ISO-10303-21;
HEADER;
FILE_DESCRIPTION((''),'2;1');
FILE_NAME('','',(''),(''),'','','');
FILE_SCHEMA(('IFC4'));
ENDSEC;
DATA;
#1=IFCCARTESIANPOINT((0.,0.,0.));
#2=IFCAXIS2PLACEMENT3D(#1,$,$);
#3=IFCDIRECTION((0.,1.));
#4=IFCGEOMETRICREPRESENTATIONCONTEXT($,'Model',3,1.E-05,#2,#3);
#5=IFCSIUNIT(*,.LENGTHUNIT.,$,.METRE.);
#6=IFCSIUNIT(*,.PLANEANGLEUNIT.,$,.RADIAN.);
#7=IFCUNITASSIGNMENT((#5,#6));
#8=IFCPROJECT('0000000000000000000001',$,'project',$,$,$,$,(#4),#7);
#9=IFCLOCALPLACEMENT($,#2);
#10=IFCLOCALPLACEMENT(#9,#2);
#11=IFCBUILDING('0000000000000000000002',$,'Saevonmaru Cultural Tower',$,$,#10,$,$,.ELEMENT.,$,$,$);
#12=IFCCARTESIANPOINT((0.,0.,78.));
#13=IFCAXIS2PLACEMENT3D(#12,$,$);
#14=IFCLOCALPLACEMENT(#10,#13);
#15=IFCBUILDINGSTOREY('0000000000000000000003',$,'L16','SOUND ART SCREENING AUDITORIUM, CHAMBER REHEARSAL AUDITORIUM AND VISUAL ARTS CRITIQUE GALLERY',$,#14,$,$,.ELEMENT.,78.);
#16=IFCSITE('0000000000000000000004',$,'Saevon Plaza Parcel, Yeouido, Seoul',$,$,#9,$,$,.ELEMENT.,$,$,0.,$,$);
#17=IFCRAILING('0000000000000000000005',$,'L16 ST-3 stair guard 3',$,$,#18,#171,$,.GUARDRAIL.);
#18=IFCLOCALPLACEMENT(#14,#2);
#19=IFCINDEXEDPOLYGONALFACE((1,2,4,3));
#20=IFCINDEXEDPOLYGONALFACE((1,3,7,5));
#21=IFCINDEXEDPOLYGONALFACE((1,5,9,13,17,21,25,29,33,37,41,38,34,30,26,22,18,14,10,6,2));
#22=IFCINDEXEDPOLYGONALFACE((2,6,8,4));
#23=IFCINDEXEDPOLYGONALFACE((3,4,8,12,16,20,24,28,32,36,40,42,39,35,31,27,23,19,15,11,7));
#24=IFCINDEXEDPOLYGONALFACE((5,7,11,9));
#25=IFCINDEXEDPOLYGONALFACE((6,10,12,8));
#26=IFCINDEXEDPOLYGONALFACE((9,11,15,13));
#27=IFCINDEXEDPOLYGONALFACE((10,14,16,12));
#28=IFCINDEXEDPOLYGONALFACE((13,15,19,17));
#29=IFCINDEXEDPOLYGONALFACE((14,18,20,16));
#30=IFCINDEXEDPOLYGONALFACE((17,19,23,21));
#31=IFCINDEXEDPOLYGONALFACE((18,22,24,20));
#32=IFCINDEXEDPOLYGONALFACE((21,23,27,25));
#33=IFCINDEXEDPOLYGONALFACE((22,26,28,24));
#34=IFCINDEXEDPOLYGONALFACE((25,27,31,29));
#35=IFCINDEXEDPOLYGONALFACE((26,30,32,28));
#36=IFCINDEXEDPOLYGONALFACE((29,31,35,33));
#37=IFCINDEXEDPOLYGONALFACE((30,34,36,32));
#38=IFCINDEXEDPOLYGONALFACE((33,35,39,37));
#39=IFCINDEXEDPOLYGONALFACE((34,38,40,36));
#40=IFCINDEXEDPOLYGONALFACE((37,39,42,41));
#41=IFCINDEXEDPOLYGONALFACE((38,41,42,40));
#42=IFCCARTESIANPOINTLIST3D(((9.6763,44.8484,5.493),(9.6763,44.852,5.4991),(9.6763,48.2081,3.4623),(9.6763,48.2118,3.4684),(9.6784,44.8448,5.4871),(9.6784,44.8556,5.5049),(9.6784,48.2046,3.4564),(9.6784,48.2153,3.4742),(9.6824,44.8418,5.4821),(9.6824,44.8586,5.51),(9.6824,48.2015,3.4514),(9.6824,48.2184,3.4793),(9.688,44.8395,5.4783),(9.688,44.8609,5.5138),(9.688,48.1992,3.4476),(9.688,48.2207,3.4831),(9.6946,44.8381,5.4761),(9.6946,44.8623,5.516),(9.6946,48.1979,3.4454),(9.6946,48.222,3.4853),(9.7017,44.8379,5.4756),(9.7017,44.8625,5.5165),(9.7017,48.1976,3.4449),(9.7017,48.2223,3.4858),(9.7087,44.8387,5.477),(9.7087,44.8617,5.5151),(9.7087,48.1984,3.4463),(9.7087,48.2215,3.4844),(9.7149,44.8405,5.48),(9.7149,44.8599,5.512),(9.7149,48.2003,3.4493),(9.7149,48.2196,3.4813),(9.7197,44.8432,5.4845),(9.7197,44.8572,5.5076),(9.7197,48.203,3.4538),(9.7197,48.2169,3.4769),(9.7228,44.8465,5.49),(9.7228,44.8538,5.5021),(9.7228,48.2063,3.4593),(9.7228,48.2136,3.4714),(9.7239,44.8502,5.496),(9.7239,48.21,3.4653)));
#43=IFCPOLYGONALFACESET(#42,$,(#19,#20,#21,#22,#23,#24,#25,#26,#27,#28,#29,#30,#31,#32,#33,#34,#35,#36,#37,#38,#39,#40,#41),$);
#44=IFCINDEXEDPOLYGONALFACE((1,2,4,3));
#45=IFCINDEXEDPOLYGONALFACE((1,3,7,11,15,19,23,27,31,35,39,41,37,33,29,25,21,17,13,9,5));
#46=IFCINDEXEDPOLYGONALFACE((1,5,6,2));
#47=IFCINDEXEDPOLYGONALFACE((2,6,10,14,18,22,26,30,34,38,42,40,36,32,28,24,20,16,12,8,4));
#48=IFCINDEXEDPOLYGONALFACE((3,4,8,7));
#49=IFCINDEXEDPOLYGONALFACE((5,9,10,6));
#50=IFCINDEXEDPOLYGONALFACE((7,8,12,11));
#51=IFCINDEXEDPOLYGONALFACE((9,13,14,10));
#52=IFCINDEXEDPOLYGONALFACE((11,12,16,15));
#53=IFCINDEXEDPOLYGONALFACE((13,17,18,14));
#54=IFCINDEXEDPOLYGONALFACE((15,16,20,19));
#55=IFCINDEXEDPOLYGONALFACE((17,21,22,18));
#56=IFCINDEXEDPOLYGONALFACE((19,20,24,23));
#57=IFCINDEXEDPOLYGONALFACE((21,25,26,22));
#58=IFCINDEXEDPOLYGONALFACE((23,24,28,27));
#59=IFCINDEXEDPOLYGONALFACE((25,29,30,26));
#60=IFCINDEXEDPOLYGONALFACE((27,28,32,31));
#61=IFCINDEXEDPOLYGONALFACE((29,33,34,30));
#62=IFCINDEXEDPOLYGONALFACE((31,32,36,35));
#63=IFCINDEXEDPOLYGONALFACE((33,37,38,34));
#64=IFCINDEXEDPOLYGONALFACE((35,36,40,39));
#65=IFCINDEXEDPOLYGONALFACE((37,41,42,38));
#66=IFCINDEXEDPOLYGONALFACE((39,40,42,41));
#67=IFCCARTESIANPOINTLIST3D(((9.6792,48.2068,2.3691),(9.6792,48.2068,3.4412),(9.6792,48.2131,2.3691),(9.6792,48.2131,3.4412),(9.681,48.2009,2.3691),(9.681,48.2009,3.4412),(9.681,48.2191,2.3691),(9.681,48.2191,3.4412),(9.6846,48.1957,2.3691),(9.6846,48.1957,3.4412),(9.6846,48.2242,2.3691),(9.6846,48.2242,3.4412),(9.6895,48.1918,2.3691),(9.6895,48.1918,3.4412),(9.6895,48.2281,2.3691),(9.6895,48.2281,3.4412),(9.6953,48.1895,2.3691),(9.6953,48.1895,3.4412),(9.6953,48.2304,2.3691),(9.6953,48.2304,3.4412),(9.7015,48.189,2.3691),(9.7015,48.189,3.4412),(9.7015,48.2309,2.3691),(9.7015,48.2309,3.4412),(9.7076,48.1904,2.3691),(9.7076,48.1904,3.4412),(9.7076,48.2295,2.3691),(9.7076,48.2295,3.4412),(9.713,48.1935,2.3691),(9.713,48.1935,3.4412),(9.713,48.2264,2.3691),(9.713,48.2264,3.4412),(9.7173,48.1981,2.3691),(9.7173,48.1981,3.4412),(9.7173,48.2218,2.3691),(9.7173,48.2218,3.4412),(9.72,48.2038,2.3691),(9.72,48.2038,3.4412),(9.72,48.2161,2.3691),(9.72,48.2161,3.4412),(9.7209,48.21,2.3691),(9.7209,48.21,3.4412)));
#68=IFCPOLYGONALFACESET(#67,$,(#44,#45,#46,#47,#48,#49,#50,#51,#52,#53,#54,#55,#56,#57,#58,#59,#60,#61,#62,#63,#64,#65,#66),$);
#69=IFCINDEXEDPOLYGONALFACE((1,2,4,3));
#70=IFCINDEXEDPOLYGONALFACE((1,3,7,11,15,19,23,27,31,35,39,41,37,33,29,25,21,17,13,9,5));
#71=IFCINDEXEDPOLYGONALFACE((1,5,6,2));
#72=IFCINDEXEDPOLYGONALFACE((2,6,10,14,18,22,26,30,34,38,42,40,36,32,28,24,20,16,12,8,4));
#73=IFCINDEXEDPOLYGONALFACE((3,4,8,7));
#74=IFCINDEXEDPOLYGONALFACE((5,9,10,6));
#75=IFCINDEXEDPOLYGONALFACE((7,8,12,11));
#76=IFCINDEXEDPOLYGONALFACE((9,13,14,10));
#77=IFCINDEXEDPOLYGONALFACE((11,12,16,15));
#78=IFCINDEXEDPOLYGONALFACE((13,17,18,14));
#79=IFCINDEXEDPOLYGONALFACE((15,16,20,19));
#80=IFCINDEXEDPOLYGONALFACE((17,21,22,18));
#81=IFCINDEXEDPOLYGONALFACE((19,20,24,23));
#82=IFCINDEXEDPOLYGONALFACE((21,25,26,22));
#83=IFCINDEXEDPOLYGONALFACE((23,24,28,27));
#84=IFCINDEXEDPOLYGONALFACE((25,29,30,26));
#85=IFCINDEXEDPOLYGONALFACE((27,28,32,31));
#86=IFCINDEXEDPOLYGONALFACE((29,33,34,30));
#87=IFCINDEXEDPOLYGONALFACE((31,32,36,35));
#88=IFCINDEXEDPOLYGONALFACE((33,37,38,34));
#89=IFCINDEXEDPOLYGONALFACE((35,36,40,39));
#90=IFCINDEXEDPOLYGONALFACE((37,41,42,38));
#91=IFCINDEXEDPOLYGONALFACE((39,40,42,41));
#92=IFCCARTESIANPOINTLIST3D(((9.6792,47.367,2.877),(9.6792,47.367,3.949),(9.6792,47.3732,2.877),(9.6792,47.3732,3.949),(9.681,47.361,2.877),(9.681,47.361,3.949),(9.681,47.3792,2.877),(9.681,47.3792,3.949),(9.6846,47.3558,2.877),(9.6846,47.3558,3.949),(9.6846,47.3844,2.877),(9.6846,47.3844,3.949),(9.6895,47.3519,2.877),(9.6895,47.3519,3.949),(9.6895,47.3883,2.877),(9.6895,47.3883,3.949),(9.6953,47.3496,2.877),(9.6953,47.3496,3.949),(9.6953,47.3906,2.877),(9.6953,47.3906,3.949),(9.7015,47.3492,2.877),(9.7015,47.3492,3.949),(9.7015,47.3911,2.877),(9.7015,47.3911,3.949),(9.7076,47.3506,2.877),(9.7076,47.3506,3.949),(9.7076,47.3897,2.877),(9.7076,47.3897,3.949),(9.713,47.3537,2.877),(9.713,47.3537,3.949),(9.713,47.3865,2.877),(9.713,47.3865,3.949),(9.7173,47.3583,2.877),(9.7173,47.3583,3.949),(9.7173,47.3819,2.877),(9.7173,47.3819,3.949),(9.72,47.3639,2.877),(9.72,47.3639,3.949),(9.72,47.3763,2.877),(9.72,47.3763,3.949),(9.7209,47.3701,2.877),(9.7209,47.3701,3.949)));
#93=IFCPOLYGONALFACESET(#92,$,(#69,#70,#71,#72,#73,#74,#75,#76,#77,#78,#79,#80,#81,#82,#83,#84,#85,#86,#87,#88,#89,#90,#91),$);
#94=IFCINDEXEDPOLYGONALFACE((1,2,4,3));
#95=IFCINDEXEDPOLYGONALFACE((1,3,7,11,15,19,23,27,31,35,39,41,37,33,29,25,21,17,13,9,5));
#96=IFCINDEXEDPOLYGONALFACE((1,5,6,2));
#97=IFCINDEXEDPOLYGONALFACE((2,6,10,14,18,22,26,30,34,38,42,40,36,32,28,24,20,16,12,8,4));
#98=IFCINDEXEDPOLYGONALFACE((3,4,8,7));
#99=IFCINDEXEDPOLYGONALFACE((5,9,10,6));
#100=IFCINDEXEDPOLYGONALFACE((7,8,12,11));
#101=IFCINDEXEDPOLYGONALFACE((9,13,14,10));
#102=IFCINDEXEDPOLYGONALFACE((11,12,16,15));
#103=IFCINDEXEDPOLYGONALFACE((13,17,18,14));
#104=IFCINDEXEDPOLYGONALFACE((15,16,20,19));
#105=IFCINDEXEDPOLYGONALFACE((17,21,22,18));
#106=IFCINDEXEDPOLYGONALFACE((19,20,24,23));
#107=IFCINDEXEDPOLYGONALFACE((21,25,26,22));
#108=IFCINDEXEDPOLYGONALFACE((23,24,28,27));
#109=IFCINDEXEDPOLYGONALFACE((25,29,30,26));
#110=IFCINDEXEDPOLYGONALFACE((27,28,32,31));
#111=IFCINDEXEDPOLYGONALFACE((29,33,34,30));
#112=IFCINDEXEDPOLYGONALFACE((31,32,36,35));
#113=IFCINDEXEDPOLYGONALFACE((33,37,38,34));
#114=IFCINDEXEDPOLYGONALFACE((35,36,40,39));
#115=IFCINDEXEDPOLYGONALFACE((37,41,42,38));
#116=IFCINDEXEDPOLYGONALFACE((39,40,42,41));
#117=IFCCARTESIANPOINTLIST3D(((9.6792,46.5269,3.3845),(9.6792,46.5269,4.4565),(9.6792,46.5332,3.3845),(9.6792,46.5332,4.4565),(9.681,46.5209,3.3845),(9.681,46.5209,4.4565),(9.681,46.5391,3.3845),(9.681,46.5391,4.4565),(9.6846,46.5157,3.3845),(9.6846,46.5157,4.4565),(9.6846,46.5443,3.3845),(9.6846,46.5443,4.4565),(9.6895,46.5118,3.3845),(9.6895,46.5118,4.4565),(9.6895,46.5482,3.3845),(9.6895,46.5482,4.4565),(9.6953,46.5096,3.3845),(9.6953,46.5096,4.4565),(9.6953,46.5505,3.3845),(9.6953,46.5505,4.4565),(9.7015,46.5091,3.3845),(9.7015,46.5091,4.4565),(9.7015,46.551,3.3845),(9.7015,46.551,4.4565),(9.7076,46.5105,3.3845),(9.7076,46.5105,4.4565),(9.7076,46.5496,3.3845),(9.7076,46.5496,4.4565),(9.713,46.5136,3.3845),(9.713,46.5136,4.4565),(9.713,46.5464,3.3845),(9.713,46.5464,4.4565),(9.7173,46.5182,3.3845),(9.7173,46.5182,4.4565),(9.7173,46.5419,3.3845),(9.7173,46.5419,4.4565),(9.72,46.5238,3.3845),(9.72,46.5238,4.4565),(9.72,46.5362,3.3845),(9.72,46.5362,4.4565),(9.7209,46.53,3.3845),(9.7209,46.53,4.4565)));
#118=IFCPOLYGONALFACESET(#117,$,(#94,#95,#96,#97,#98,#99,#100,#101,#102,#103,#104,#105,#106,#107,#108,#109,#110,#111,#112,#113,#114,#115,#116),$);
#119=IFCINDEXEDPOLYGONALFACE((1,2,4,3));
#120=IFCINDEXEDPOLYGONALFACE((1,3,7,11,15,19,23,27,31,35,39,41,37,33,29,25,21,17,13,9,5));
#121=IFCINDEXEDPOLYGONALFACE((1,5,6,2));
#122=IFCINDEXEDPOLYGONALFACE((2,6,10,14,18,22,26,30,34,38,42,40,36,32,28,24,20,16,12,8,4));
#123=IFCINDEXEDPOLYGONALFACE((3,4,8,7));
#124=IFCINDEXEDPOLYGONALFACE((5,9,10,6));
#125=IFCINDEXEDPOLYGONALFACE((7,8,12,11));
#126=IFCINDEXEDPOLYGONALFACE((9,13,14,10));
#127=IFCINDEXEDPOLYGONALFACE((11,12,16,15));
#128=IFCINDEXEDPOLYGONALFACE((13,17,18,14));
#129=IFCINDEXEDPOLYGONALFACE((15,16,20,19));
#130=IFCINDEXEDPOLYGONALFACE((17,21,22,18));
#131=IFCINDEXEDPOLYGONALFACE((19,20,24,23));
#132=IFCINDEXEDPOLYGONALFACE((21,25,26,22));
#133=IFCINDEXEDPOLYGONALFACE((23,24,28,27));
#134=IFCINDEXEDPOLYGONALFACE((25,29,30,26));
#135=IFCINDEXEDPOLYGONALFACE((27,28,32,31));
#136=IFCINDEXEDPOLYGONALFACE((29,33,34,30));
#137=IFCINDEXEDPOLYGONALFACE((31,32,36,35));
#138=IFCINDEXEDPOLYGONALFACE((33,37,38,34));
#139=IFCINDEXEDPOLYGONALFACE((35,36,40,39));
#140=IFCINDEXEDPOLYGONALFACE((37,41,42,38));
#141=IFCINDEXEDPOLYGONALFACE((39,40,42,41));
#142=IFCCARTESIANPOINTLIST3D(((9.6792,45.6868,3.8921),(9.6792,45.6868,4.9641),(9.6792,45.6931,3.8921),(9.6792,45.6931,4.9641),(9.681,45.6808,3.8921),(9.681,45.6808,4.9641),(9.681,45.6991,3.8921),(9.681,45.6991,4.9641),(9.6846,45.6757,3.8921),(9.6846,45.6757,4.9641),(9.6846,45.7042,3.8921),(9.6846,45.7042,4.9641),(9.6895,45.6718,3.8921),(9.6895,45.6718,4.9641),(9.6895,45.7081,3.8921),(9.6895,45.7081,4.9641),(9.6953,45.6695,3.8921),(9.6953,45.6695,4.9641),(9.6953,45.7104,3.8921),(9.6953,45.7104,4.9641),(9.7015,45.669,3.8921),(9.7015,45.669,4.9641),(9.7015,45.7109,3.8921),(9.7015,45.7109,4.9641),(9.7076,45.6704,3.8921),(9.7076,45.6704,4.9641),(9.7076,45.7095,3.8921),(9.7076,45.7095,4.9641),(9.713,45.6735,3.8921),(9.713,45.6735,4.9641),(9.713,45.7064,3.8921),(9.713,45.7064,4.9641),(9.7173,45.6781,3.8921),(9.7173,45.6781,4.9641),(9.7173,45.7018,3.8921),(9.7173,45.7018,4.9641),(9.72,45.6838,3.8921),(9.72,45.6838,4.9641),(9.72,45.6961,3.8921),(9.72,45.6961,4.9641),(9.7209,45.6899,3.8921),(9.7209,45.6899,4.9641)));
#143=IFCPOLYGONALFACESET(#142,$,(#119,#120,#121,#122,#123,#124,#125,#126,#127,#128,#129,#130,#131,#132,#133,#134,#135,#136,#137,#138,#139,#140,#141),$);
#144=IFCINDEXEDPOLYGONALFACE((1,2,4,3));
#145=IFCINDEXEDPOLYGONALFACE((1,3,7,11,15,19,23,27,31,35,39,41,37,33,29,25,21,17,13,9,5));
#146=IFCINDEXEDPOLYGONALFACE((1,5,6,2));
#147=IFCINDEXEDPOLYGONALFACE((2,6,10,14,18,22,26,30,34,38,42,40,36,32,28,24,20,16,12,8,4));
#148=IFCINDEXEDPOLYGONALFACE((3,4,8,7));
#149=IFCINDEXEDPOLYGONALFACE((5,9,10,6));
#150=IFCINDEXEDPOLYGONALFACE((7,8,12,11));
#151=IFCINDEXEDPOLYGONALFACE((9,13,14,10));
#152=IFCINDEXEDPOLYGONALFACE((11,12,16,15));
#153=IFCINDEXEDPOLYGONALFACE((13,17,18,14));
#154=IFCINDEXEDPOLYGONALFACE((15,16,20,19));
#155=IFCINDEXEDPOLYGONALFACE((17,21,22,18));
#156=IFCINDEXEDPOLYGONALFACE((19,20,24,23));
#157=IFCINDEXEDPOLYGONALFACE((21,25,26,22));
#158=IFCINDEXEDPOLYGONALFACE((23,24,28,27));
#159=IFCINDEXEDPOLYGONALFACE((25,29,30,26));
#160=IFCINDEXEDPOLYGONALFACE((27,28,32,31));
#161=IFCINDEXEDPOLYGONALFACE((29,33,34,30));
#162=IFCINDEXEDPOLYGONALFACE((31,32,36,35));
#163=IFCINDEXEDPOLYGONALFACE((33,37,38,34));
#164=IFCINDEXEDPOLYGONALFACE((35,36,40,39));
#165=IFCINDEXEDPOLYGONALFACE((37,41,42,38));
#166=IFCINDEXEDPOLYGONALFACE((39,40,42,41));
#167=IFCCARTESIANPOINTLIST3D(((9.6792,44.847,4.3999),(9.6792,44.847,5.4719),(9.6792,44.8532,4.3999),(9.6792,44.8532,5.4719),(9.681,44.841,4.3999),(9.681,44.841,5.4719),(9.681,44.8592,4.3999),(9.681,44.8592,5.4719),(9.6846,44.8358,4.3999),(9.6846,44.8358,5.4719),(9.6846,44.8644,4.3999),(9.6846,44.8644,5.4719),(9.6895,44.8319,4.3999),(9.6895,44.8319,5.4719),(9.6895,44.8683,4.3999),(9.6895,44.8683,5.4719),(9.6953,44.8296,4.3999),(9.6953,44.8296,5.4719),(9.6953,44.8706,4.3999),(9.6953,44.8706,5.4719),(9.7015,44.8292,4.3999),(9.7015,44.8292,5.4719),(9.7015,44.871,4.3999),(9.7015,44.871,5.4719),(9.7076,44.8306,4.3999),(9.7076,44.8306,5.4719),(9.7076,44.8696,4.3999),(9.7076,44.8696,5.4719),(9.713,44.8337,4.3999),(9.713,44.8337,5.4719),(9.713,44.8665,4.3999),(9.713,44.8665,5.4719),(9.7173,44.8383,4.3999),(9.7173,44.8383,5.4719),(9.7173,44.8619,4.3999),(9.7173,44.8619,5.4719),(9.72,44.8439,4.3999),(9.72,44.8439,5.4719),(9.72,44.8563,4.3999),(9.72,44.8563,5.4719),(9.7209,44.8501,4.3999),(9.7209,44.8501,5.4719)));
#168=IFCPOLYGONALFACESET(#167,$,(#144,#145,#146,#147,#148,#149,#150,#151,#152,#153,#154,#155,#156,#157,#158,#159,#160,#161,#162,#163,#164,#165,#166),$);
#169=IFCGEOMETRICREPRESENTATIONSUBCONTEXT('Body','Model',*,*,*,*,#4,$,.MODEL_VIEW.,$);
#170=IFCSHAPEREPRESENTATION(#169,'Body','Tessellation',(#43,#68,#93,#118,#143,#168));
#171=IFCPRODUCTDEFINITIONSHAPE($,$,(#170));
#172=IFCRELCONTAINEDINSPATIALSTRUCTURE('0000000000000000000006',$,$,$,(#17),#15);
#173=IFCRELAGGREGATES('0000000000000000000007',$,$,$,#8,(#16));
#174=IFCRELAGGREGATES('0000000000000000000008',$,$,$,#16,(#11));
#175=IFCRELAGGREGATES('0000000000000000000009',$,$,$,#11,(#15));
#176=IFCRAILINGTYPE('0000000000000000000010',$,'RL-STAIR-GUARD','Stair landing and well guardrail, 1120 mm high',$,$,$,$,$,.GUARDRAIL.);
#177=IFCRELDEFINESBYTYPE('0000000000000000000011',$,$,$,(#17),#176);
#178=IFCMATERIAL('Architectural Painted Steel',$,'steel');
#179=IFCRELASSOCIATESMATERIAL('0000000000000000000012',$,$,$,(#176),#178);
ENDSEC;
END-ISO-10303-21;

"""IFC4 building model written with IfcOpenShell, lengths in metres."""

from ifc_helpers import new_model, si_unit, direction, frame, origin, origin_2d, place, context, subcontext, project, spatial, circle, extrude, material, type_object, element, save


model = new_model("IFC4")

# Units and contexts
model_context = context("Model", 3, precision=1e-05, world=origin(), true_north=direction((0.0, 1.0)))
body_context = subcontext(model_context, "Body", "Model", "MODEL_VIEW")
ifc_project = project(units=[si_unit("LENGTHUNIT", "METRE"), si_unit("PLANEANGLEUNIT", "RADIAN")], contexts=[model_context])

# Site, building, storey
site_placement = place(None, origin())
site = spatial("IfcSite", under=ifc_project, at=site_placement, Name="Saevon Plaza Parcel, Yeouido, Seoul", CompositionType="ELEMENT", RefElevation=0.0)
building_placement = place(site_placement, origin())
building = spatial("IfcBuilding", under=site, at=building_placement, Name="Saevonmaru Cultural Tower", CompositionType="ELEMENT")
storey_placement = place(building_placement, frame((0.0, 0.0, 78.0)))
storey = spatial("IfcBuildingStorey", under=building, at=storey_placement, Name="L16", Description="SOUND ART SCREENING AUDITORIUM, CHAMBER REHEARSAL AUDITORIUM AND VISUAL ARTS CRITIQUE GALLERY", CompositionType="ELEMENT", Elevation=78.0)

# Railing
ifc_material_1 = material(Name="Architectural Painted Steel", Category="steel")
railing_type_1 = type_object("IfcRailingType", Name="RL-STAIR-GUARD", Description="Stair landing and well guardrail, 1120 mm high", PredefinedType="GUARDRAIL", material=ifc_material_1)
railing_1_placement = place(storey_placement, frame((9.7, 48.21, 2.3691)))
element("IfcRailing", 1, at=railing_1_placement, inside=storey, type_object=railing_type_1, Name="L16 ST-3 stair guard 3", PredefinedType="GUARDRAIL", context=body_context, shape_type="SweptSolid", body=[
    extrude(circle(Radius=0.0239, at=origin_2d()), frame((0.0, 0.0, 1.0962), z_axis=(0.0, -0.85582, 0.517273), x_axis=(1.0, 0.0, 0.0)), (0.0, 0.0, 1.0), 3.9258),
    extrude(circle(Radius=0.021, at=origin_2d()), origin(), (0.0, 0.0, 1.0), 1.072),
    extrude(circle(Radius=0.021, at=origin_2d()), frame((0.0, -0.8398, 0.5078)), (0.0, 0.0, 1.0), 1.072),
    extrude(circle(Radius=0.021, at=origin_2d()), frame((0.0, -1.6799, 1.0154)), (0.0, 0.0, 1.0), 1.072),
    extrude(circle(Radius=0.021, at=origin_2d()), frame((0.0, -2.52, 1.5229)), (0.0, 0.0, 1.0), 1.072),
    extrude(circle(Radius=0.021, at=origin_2d()), frame((0.0, -3.3599, 2.0308)), (0.0, 0.0, 1.0), 1.072),
])

save(model, "model.ifc")
